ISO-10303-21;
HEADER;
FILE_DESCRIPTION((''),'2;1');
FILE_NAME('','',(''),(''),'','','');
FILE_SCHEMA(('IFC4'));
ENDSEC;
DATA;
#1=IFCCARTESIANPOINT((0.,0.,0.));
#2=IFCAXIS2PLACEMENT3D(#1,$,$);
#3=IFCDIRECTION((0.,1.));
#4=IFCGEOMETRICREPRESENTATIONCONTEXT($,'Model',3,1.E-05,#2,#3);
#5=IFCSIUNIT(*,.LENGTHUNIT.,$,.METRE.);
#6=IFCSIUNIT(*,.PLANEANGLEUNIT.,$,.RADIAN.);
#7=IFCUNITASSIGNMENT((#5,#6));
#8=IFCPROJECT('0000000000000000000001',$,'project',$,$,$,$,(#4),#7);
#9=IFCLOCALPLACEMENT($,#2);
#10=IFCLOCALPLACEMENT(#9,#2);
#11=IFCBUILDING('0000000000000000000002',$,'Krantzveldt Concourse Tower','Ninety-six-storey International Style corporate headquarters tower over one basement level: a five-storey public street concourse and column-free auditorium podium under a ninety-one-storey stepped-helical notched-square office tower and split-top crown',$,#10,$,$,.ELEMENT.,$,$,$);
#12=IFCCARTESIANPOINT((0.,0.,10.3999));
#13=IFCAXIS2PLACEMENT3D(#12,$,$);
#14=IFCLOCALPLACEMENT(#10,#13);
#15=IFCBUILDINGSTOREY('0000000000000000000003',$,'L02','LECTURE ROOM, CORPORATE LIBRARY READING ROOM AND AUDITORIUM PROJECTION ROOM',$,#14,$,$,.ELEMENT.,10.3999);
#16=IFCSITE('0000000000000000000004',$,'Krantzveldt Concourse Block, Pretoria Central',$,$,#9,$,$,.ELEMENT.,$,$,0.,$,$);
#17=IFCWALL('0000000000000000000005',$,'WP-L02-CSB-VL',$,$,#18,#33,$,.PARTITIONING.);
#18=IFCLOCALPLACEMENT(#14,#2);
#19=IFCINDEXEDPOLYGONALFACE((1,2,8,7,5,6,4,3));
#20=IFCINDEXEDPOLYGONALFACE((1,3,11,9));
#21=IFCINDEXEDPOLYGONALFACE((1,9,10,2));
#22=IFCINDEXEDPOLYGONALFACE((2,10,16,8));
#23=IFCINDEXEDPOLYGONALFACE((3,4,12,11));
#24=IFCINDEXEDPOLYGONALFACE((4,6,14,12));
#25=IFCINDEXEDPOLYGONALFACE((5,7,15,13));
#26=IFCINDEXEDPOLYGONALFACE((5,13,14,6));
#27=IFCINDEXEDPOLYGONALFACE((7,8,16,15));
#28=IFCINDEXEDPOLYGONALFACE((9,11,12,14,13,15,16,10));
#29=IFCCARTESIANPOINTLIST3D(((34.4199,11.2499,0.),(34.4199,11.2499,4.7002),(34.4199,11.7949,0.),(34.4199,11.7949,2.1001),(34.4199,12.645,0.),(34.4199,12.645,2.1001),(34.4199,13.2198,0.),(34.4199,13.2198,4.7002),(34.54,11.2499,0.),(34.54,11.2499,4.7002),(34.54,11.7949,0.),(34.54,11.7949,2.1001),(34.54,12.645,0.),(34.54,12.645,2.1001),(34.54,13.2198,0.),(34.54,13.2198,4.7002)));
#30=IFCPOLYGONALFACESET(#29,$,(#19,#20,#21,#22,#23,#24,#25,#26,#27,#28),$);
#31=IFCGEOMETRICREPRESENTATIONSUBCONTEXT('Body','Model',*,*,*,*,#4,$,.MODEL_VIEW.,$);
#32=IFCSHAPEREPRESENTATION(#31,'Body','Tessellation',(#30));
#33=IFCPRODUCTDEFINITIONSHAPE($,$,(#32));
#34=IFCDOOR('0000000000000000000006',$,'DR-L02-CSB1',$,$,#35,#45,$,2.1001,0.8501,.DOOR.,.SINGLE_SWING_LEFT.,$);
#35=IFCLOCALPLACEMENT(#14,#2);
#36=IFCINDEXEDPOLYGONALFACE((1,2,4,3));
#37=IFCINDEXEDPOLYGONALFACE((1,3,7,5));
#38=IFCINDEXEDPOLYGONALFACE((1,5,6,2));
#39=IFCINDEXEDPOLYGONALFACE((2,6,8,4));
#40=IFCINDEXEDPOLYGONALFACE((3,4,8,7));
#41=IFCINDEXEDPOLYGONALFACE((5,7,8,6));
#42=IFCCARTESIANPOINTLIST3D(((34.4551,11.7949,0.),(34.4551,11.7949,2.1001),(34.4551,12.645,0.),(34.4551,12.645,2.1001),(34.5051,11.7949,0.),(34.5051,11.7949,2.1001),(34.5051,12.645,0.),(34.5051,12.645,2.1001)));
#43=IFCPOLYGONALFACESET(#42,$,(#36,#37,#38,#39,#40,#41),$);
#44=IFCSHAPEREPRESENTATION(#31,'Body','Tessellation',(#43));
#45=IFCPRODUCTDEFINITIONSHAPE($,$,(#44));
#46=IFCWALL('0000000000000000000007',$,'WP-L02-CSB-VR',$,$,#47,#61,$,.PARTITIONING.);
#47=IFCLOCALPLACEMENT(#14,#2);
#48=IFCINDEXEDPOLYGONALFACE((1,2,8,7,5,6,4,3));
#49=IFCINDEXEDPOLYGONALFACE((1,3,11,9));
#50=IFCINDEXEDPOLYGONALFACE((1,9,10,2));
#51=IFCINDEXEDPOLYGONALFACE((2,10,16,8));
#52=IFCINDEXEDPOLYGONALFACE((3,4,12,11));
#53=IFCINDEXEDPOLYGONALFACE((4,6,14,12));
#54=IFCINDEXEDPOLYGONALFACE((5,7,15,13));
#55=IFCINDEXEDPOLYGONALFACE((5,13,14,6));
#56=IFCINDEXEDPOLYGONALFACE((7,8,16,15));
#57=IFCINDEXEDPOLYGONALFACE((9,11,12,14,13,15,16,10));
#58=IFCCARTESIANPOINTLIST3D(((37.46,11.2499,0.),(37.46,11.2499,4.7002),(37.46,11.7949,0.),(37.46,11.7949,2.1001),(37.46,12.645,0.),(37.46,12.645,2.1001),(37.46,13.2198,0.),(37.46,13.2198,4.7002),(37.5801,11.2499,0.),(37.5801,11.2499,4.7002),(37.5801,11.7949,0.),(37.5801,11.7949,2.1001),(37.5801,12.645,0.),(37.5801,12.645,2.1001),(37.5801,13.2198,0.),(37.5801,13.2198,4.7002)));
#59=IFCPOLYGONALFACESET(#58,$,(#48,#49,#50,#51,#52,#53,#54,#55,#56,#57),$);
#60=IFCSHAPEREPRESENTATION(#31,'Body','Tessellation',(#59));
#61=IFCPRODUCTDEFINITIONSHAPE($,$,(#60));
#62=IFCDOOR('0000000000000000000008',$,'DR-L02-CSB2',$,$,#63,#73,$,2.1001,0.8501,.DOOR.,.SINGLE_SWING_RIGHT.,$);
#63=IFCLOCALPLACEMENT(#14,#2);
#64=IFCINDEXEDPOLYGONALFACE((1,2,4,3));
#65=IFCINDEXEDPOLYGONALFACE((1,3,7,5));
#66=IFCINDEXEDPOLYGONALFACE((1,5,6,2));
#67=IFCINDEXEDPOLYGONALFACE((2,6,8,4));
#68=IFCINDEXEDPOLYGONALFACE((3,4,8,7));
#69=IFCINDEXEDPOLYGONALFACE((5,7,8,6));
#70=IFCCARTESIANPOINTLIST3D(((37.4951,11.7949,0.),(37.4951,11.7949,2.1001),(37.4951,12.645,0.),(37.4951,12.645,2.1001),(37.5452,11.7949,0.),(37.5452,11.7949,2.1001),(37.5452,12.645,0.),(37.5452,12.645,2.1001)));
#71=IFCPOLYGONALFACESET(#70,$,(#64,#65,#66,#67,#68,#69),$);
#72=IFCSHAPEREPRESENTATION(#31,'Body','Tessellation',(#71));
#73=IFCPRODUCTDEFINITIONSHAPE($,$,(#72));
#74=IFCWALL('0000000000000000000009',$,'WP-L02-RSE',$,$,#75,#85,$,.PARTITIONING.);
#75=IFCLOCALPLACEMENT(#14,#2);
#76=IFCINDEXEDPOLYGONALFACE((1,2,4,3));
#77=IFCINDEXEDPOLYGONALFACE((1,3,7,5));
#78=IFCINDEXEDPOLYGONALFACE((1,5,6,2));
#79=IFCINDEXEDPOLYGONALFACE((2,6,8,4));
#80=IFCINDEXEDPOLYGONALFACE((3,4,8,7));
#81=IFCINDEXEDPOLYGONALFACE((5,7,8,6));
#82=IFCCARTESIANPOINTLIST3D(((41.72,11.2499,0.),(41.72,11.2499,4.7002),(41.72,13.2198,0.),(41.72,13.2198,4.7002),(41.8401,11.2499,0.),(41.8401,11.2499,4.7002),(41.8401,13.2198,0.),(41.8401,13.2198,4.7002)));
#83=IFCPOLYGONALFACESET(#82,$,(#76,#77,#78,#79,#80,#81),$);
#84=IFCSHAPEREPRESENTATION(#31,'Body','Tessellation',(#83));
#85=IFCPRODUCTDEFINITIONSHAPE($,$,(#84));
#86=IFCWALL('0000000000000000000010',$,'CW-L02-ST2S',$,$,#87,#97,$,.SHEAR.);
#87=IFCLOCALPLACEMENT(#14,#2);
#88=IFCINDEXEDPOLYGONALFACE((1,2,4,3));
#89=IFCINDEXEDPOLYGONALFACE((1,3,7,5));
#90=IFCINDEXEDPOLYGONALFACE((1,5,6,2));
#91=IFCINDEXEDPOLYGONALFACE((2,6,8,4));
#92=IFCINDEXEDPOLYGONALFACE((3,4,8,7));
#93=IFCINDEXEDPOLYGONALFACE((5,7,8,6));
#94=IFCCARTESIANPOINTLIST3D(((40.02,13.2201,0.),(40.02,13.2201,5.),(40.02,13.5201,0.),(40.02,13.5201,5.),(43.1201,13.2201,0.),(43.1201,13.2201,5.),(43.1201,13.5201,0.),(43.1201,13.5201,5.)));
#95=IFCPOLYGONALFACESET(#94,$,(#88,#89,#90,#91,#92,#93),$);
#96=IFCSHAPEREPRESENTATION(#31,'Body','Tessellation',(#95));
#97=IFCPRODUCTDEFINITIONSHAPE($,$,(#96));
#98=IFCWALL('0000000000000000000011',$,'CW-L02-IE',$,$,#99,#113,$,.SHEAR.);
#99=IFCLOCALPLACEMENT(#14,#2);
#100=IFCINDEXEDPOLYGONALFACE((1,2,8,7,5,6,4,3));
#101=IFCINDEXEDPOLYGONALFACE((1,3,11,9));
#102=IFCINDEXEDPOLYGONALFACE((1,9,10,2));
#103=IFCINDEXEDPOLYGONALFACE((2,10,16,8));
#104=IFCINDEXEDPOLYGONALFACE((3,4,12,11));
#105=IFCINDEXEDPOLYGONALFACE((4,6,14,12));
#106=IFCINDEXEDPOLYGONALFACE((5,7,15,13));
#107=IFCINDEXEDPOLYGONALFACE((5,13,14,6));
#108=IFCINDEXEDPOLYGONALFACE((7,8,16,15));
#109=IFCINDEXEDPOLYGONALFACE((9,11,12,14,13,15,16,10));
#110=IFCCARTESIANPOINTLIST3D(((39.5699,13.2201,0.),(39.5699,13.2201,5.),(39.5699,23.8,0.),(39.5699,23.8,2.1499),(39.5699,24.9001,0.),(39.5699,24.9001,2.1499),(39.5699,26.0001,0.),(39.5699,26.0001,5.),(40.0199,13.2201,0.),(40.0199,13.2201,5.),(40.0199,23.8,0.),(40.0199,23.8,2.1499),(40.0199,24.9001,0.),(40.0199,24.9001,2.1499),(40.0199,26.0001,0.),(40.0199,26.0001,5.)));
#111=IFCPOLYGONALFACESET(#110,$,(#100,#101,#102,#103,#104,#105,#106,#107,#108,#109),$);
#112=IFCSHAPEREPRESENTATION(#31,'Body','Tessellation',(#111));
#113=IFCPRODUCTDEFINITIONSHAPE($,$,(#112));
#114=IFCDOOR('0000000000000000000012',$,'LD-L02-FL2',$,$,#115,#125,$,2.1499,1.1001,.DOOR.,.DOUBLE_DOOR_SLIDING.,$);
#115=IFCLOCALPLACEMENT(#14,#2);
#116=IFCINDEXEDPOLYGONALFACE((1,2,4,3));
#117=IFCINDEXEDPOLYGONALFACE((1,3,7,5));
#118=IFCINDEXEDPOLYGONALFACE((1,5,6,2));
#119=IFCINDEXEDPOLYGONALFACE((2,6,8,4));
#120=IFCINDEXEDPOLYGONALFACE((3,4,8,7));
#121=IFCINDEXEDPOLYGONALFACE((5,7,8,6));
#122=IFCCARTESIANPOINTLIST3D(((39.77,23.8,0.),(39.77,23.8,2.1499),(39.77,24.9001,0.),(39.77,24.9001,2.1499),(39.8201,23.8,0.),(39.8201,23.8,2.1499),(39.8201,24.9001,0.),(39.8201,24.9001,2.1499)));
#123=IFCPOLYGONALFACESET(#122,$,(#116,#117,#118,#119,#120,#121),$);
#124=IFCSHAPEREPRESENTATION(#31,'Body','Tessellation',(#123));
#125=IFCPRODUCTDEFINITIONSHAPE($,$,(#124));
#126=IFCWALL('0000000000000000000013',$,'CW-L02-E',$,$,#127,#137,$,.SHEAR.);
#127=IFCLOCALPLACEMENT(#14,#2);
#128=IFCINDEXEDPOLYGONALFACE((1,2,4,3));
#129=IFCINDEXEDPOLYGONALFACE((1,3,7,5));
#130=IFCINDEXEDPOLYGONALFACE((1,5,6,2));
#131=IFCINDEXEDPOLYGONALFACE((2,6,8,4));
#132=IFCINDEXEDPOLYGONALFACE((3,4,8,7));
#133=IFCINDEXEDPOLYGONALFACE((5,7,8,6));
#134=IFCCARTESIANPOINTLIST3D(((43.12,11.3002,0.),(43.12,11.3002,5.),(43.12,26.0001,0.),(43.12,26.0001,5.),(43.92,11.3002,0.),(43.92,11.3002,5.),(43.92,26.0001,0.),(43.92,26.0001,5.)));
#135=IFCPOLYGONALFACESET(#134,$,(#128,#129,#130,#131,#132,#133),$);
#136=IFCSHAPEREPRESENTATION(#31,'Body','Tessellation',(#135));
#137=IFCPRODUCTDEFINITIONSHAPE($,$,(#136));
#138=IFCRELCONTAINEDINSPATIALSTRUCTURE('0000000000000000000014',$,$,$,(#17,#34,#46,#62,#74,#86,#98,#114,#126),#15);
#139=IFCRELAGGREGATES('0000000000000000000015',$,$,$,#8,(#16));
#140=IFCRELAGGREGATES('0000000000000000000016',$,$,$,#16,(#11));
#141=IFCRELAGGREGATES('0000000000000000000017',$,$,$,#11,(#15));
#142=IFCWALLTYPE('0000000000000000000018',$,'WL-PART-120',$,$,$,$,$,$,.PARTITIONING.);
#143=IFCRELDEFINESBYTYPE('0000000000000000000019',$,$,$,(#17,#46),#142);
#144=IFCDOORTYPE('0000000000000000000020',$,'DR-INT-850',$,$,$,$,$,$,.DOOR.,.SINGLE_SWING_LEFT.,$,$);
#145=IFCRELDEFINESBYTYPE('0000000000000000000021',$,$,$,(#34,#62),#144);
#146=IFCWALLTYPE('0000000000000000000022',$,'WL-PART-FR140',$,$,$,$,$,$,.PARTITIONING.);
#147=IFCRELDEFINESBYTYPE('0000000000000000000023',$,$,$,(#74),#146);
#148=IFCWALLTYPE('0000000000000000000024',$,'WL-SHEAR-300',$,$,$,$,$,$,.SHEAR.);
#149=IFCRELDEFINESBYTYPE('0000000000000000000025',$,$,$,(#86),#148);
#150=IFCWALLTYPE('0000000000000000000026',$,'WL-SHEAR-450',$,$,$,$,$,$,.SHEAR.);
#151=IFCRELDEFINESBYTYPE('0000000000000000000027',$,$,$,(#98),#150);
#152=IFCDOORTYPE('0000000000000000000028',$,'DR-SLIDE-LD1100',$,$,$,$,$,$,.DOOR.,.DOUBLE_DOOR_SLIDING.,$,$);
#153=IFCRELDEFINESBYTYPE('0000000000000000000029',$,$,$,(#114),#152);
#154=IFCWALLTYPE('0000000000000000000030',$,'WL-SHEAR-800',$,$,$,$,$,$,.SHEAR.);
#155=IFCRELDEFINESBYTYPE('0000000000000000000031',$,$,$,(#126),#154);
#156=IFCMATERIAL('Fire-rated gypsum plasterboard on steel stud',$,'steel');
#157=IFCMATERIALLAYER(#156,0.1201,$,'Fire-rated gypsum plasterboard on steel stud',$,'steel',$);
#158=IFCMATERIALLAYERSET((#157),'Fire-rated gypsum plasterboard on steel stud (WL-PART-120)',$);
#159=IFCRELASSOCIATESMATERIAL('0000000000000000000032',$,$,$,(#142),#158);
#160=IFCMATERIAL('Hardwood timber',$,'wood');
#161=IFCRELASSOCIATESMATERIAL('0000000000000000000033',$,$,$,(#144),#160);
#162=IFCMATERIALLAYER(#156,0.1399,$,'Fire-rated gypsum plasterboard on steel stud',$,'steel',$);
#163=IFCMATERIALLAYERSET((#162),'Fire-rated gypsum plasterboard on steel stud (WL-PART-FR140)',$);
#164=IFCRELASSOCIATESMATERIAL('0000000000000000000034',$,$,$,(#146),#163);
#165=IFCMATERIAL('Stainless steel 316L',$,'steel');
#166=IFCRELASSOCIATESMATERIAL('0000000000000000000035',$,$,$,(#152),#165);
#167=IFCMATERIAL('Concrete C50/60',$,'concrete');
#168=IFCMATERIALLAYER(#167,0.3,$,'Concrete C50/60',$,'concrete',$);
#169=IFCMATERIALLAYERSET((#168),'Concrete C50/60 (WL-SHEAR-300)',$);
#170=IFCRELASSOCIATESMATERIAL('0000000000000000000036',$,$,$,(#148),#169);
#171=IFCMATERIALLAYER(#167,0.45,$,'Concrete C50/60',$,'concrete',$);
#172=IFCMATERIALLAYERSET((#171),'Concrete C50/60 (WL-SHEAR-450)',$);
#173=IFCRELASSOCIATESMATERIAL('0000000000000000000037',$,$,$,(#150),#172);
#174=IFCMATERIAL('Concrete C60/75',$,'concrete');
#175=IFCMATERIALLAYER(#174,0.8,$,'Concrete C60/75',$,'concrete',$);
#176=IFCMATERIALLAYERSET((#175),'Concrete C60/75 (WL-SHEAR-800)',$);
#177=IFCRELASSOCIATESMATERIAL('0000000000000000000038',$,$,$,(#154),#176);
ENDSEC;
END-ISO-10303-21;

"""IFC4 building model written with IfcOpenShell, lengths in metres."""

from ifc_helpers import new_model, si_unit, direction, frame, frame_2d, origin, place, context, subcontext, project, spatial, rectangle, extrude, material, layer, layer_set, type_object, element, fill, save


model = new_model("IFC4")

# Units and contexts
model_context = context("Model", 3, precision=1e-05, world=origin(), true_north=direction((0.0, 1.0)))
body_context = subcontext(model_context, "Body", "Model", "MODEL_VIEW")
ifc_project = project(units=[si_unit("LENGTHUNIT", "METRE"), si_unit("PLANEANGLEUNIT", "RADIAN")], contexts=[model_context])

# Site, building, storey
site_placement = place(None, origin())
site = spatial("IfcSite", under=ifc_project, at=site_placement, Name="Krantzveldt Concourse Block, Pretoria Central", CompositionType="ELEMENT", RefElevation=0.0)
building_placement = place(site_placement, origin())
building = spatial("IfcBuilding", under=site, at=building_placement, Name="Krantzveldt Concourse Tower", Description="Ninety-six-storey International Style corporate headquarters tower over one basement level: a five-storey public street concourse and column-free auditorium podium under a ninety-one-storey stepped-helical notched-square office tower and split-top crown", CompositionType="ELEMENT")
storey_placement = place(building_placement, frame((0.0, 0.0, 10.3999)))
storey = spatial("IfcBuildingStorey", under=building, at=storey_placement, Name="L02", Description="LECTURE ROOM, CORPORATE LIBRARY READING ROOM AND AUDITORIUM PROJECTION ROOM", CompositionType="ELEMENT", Elevation=10.3999)

# Walls, openings, doors
ifc_material_1 = material(Name="Fire-rated gypsum plasterboard on steel stud", Category="steel")
ifc_layer_1 = layer(ifc_material_1, 0.1201, Name="Fire-rated gypsum plasterboard on steel stud", Category="steel")
ifc_layer_set_1 = layer_set([ifc_layer_1], Name="Fire-rated gypsum plasterboard on steel stud (WL-PART-120)")
wall_type_1 = type_object("IfcWallType", Name="WL-PART-120", PredefinedType="PARTITIONING", material=ifc_layer_set_1)
wall_1_placement = place(storey_placement, frame((34.48, 11.25, 0.0), z_axis=(0.0, 0.0, 1.0), x_axis=(0.0, 1.0, 0.0)))
wall_1 = element("IfcWall", 1, at=wall_1_placement, inside=storey, type_object=wall_type_1, Name="WP-L02-CSB-VL", PredefinedType="PARTITIONING", context=body_context, shape_type="SweptSolid", body=[
    extrude(rectangle(XDim=1.97, YDim=0.1201, at=frame_2d((0.9849, 0.0))), origin(), (0.0, 0.0, 1.0), 4.7002),
])
opening_1_placement = place(wall_1_placement, frame((0.5449, 0.0, 0.0)))
opening_1 = element("IfcOpeningElement", 2, at=opening_1_placement, cuts=wall_1, PredefinedType="OPENING", context=body_context, shape_type="SweptSolid", body=[
    extrude(rectangle(XDim=0.8501, YDim=2.1001, at=frame_2d((0.425, 1.05))), frame((0.0, 0.0701, 0.0), z_axis=(0.0, -1.0, 0.0), x_axis=(1.0, 0.0, 0.0)), (0.0, 0.0, 1.0), 0.1401),
])
ifc_material_2 = material(Name="Hardwood timber", Category="wood")
door_type_1 = type_object("IfcDoorType", Name="DR-INT-850", OperationType="SINGLE_SWING_LEFT", PredefinedType="DOOR", material=ifc_material_2)
door_1_placement = place(opening_1_placement, origin())
door_1 = element("IfcDoor", 3, at=door_1_placement, inside=storey, type_object=door_type_1, Name="DR-L02-CSB1", OperationType="SINGLE_SWING_LEFT", OverallHeight=2.1001, OverallWidth=0.8501, PredefinedType="DOOR", context=body_context, shape_type="SweptSolid", body=[
    extrude(rectangle(XDim=0.8501, YDim=2.1001, at=frame_2d((0.425, 1.05))), frame((0.0, 0.0249, 0.0), z_axis=(0.0, -1.0, 0.0), x_axis=(1.0, 0.0, 0.0)), (0.0, 0.0, 1.0), 0.05),
])
fill(opening_1, door_1)
wall_2_placement = place(storey_placement, frame((37.52, 11.25, 0.0), z_axis=(0.0, 0.0, 1.0), x_axis=(0.0, 1.0, 0.0)))
wall_2 = element("IfcWall", 4, at=wall_2_placement, inside=storey, type_object=wall_type_1, Name="WP-L02-CSB-VR", PredefinedType="PARTITIONING", context=body_context, shape_type="SweptSolid", body=[
    extrude(rectangle(XDim=1.97, YDim=0.1201, at=frame_2d((0.9849, 0.0))), origin(), (0.0, 0.0, 1.0), 4.7002),
])
opening_2_placement = place(wall_2_placement, frame((0.5449, 0.0, 0.0)))
opening_2 = element("IfcOpeningElement", 5, at=opening_2_placement, cuts=wall_2, PredefinedType="OPENING", context=body_context, shape_type="SweptSolid", body=[
    extrude(rectangle(XDim=0.8501, YDim=2.1001, at=frame_2d((0.425, 1.05))), frame((0.0, 0.0701, 0.0), z_axis=(0.0, -1.0, 0.0), x_axis=(1.0, 0.0, 0.0)), (0.0, 0.0, 1.0), 0.1401),
])
door_2_placement = place(opening_2_placement, origin())
door_2 = element("IfcDoor", 6, at=door_2_placement, inside=storey, type_object=door_type_1, Name="DR-L02-CSB2", OperationType="SINGLE_SWING_RIGHT", OverallHeight=2.1001, OverallWidth=0.8501, PredefinedType="DOOR", context=body_context, shape_type="SweptSolid", body=[
    extrude(rectangle(XDim=0.8501, YDim=2.1001, at=frame_2d((0.425, 1.05))), frame((0.0, 0.0249, 0.0), z_axis=(0.0, -1.0, 0.0), x_axis=(1.0, 0.0, 0.0)), (0.0, 0.0, 1.0), 0.05),
])
fill(opening_2, door_2)

# Shared definitions
ifc_layer_2 = layer(ifc_material_1, 0.1399, Name="Fire-rated gypsum plasterboard on steel stud", Category="steel")
ifc_layer_set_2 = layer_set([ifc_layer_2], Name="Fire-rated gypsum plasterboard on steel stud (WL-PART-FR140)")
wall_type_2 = type_object("IfcWallType", Name="WL-PART-FR140", PredefinedType="PARTITIONING", material=ifc_layer_set_2)
ifc_material_3 = material(Name="Stainless steel 316L", Category="steel")
door_type_2 = type_object("IfcDoorType", Name="DR-SLIDE-LD1100", OperationType="DOUBLE_DOOR_SLIDING", PredefinedType="DOOR", material=ifc_material_3)

# Walls
wall_3_placement = place(storey_placement, frame((41.78, 11.25, 0.0), z_axis=(0.0, 0.0, 1.0), x_axis=(0.0, 1.0, 0.0)))
element("IfcWall", 7, at=wall_3_placement, inside=storey, type_object=wall_type_2, Name="WP-L02-RSE", PredefinedType="PARTITIONING", context=body_context, shape_type="SweptSolid", body=[
    extrude(rectangle(XDim=1.97, YDim=0.1201, at=frame_2d((0.9849, 0.0))), origin(), (0.0, 0.0, 1.0), 4.7002),
])
ifc_material_4 = material(Name="Concrete C50/60", Category="concrete")
ifc_layer_3 = layer(ifc_material_4, 0.3, Name="Concrete C50/60", Category="concrete")
ifc_layer_set_3 = layer_set([ifc_layer_3], Name="Concrete C50/60 (WL-SHEAR-300)")
wall_type_3 = type_object("IfcWallType", Name="WL-SHEAR-300", PredefinedType="SHEAR", material=ifc_layer_set_3)
wall_4_placement = place(storey_placement, frame((40.02, 13.3701, 0.0), z_axis=(0.0, 0.0, 1.0), x_axis=(1.0, 0.0, 0.0)))
element("IfcWall", 8, at=wall_4_placement, inside=storey, type_object=wall_type_3, Name="CW-L02-ST2S", PredefinedType="SHEAR", context=body_context, shape_type="SweptSolid", body=[
    extrude(rectangle(XDim=3.1001, YDim=0.3, at=frame_2d((1.55, 0.0))), origin(), (0.0, 0.0, 1.0), 5.0),
])

# Wall, opening, door
ifc_layer_4 = layer(ifc_material_4, 0.45, Name="Concrete C50/60", Category="concrete")
ifc_layer_set_4 = layer_set([ifc_layer_4], Name="Concrete C50/60 (WL-SHEAR-450)")
wall_type_4 = type_object("IfcWallType", Name="WL-SHEAR-450", PredefinedType="SHEAR", material=ifc_layer_set_4)
wall_5_placement = place(storey_placement, frame((39.7949, 13.22, 0.0), z_axis=(0.0, 0.0, 1.0), x_axis=(0.0, 1.0, 0.0)))
wall_5 = element("IfcWall", 9, at=wall_5_placement, inside=storey, type_object=wall_type_4, Name="CW-L02-IE", PredefinedType="SHEAR", context=body_context, shape_type="SweptSolid", body=[
    extrude(rectangle(XDim=12.78, YDim=0.45, at=frame_2d((6.3901, 0.0))), origin(), (0.0, 0.0, 1.0), 5.0),
])
opening_3_placement = place(wall_5_placement, frame((10.5801, 0.0, 0.0)))
opening_3 = element("IfcOpeningElement", 10, at=opening_3_placement, cuts=wall_5, PredefinedType="OPENING", context=body_context, shape_type="SweptSolid", body=[
    extrude(rectangle(XDim=1.1001, YDim=2.1499, at=frame_2d((0.55, 1.075))), frame((0.0, 0.2349, 0.0), z_axis=(0.0, -1.0, 0.0), x_axis=(1.0, 0.0, 0.0)), (0.0, 0.0, 1.0), 0.47),
])
door_3_placement = place(opening_3_placement, origin())
door_3 = element("IfcDoor", 11, at=door_3_placement, inside=storey, type_object=door_type_2, Name="LD-L02-FL2", OperationType="DOUBLE_DOOR_SLIDING", OverallHeight=2.1499, OverallWidth=1.1001, PredefinedType="DOOR", context=body_context, shape_type="SweptSolid", body=[
    extrude(rectangle(XDim=1.1001, YDim=2.1499, at=frame_2d((0.55, 1.075))), frame((0.0, 0.0249, 0.0), z_axis=(0.0, -1.0, 0.0), x_axis=(1.0, 0.0, 0.0)), (0.0, 0.0, 1.0), 0.05),
])
fill(opening_3, door_3)

# Wall
ifc_material_5 = material(Name="Concrete C60/75", Category="concrete")
ifc_layer_5 = layer(ifc_material_5, 0.8, Name="Concrete C60/75", Category="concrete")
ifc_layer_set_5 = layer_set([ifc_layer_5], Name="Concrete C60/75 (WL-SHEAR-800)")
wall_type_5 = type_object("IfcWallType", Name="WL-SHEAR-800", PredefinedType="SHEAR", material=ifc_layer_set_5)
wall_6_placement = place(storey_placement, frame((43.52, 11.3, 0.0), z_axis=(0.0, 0.0, 1.0), x_axis=(0.0, 1.0, 0.0)))
element("IfcWall", 12, at=wall_6_placement, inside=storey, type_object=wall_type_5, Name="CW-L02-E", PredefinedType="SHEAR", context=body_context, shape_type="SweptSolid", body=[
    extrude(rectangle(XDim=14.7, YDim=0.8, at=frame_2d((7.3501, 0.0))), origin(), (0.0, 0.0, 1.0), 5.0),
])

save(model, "model.ifc")
